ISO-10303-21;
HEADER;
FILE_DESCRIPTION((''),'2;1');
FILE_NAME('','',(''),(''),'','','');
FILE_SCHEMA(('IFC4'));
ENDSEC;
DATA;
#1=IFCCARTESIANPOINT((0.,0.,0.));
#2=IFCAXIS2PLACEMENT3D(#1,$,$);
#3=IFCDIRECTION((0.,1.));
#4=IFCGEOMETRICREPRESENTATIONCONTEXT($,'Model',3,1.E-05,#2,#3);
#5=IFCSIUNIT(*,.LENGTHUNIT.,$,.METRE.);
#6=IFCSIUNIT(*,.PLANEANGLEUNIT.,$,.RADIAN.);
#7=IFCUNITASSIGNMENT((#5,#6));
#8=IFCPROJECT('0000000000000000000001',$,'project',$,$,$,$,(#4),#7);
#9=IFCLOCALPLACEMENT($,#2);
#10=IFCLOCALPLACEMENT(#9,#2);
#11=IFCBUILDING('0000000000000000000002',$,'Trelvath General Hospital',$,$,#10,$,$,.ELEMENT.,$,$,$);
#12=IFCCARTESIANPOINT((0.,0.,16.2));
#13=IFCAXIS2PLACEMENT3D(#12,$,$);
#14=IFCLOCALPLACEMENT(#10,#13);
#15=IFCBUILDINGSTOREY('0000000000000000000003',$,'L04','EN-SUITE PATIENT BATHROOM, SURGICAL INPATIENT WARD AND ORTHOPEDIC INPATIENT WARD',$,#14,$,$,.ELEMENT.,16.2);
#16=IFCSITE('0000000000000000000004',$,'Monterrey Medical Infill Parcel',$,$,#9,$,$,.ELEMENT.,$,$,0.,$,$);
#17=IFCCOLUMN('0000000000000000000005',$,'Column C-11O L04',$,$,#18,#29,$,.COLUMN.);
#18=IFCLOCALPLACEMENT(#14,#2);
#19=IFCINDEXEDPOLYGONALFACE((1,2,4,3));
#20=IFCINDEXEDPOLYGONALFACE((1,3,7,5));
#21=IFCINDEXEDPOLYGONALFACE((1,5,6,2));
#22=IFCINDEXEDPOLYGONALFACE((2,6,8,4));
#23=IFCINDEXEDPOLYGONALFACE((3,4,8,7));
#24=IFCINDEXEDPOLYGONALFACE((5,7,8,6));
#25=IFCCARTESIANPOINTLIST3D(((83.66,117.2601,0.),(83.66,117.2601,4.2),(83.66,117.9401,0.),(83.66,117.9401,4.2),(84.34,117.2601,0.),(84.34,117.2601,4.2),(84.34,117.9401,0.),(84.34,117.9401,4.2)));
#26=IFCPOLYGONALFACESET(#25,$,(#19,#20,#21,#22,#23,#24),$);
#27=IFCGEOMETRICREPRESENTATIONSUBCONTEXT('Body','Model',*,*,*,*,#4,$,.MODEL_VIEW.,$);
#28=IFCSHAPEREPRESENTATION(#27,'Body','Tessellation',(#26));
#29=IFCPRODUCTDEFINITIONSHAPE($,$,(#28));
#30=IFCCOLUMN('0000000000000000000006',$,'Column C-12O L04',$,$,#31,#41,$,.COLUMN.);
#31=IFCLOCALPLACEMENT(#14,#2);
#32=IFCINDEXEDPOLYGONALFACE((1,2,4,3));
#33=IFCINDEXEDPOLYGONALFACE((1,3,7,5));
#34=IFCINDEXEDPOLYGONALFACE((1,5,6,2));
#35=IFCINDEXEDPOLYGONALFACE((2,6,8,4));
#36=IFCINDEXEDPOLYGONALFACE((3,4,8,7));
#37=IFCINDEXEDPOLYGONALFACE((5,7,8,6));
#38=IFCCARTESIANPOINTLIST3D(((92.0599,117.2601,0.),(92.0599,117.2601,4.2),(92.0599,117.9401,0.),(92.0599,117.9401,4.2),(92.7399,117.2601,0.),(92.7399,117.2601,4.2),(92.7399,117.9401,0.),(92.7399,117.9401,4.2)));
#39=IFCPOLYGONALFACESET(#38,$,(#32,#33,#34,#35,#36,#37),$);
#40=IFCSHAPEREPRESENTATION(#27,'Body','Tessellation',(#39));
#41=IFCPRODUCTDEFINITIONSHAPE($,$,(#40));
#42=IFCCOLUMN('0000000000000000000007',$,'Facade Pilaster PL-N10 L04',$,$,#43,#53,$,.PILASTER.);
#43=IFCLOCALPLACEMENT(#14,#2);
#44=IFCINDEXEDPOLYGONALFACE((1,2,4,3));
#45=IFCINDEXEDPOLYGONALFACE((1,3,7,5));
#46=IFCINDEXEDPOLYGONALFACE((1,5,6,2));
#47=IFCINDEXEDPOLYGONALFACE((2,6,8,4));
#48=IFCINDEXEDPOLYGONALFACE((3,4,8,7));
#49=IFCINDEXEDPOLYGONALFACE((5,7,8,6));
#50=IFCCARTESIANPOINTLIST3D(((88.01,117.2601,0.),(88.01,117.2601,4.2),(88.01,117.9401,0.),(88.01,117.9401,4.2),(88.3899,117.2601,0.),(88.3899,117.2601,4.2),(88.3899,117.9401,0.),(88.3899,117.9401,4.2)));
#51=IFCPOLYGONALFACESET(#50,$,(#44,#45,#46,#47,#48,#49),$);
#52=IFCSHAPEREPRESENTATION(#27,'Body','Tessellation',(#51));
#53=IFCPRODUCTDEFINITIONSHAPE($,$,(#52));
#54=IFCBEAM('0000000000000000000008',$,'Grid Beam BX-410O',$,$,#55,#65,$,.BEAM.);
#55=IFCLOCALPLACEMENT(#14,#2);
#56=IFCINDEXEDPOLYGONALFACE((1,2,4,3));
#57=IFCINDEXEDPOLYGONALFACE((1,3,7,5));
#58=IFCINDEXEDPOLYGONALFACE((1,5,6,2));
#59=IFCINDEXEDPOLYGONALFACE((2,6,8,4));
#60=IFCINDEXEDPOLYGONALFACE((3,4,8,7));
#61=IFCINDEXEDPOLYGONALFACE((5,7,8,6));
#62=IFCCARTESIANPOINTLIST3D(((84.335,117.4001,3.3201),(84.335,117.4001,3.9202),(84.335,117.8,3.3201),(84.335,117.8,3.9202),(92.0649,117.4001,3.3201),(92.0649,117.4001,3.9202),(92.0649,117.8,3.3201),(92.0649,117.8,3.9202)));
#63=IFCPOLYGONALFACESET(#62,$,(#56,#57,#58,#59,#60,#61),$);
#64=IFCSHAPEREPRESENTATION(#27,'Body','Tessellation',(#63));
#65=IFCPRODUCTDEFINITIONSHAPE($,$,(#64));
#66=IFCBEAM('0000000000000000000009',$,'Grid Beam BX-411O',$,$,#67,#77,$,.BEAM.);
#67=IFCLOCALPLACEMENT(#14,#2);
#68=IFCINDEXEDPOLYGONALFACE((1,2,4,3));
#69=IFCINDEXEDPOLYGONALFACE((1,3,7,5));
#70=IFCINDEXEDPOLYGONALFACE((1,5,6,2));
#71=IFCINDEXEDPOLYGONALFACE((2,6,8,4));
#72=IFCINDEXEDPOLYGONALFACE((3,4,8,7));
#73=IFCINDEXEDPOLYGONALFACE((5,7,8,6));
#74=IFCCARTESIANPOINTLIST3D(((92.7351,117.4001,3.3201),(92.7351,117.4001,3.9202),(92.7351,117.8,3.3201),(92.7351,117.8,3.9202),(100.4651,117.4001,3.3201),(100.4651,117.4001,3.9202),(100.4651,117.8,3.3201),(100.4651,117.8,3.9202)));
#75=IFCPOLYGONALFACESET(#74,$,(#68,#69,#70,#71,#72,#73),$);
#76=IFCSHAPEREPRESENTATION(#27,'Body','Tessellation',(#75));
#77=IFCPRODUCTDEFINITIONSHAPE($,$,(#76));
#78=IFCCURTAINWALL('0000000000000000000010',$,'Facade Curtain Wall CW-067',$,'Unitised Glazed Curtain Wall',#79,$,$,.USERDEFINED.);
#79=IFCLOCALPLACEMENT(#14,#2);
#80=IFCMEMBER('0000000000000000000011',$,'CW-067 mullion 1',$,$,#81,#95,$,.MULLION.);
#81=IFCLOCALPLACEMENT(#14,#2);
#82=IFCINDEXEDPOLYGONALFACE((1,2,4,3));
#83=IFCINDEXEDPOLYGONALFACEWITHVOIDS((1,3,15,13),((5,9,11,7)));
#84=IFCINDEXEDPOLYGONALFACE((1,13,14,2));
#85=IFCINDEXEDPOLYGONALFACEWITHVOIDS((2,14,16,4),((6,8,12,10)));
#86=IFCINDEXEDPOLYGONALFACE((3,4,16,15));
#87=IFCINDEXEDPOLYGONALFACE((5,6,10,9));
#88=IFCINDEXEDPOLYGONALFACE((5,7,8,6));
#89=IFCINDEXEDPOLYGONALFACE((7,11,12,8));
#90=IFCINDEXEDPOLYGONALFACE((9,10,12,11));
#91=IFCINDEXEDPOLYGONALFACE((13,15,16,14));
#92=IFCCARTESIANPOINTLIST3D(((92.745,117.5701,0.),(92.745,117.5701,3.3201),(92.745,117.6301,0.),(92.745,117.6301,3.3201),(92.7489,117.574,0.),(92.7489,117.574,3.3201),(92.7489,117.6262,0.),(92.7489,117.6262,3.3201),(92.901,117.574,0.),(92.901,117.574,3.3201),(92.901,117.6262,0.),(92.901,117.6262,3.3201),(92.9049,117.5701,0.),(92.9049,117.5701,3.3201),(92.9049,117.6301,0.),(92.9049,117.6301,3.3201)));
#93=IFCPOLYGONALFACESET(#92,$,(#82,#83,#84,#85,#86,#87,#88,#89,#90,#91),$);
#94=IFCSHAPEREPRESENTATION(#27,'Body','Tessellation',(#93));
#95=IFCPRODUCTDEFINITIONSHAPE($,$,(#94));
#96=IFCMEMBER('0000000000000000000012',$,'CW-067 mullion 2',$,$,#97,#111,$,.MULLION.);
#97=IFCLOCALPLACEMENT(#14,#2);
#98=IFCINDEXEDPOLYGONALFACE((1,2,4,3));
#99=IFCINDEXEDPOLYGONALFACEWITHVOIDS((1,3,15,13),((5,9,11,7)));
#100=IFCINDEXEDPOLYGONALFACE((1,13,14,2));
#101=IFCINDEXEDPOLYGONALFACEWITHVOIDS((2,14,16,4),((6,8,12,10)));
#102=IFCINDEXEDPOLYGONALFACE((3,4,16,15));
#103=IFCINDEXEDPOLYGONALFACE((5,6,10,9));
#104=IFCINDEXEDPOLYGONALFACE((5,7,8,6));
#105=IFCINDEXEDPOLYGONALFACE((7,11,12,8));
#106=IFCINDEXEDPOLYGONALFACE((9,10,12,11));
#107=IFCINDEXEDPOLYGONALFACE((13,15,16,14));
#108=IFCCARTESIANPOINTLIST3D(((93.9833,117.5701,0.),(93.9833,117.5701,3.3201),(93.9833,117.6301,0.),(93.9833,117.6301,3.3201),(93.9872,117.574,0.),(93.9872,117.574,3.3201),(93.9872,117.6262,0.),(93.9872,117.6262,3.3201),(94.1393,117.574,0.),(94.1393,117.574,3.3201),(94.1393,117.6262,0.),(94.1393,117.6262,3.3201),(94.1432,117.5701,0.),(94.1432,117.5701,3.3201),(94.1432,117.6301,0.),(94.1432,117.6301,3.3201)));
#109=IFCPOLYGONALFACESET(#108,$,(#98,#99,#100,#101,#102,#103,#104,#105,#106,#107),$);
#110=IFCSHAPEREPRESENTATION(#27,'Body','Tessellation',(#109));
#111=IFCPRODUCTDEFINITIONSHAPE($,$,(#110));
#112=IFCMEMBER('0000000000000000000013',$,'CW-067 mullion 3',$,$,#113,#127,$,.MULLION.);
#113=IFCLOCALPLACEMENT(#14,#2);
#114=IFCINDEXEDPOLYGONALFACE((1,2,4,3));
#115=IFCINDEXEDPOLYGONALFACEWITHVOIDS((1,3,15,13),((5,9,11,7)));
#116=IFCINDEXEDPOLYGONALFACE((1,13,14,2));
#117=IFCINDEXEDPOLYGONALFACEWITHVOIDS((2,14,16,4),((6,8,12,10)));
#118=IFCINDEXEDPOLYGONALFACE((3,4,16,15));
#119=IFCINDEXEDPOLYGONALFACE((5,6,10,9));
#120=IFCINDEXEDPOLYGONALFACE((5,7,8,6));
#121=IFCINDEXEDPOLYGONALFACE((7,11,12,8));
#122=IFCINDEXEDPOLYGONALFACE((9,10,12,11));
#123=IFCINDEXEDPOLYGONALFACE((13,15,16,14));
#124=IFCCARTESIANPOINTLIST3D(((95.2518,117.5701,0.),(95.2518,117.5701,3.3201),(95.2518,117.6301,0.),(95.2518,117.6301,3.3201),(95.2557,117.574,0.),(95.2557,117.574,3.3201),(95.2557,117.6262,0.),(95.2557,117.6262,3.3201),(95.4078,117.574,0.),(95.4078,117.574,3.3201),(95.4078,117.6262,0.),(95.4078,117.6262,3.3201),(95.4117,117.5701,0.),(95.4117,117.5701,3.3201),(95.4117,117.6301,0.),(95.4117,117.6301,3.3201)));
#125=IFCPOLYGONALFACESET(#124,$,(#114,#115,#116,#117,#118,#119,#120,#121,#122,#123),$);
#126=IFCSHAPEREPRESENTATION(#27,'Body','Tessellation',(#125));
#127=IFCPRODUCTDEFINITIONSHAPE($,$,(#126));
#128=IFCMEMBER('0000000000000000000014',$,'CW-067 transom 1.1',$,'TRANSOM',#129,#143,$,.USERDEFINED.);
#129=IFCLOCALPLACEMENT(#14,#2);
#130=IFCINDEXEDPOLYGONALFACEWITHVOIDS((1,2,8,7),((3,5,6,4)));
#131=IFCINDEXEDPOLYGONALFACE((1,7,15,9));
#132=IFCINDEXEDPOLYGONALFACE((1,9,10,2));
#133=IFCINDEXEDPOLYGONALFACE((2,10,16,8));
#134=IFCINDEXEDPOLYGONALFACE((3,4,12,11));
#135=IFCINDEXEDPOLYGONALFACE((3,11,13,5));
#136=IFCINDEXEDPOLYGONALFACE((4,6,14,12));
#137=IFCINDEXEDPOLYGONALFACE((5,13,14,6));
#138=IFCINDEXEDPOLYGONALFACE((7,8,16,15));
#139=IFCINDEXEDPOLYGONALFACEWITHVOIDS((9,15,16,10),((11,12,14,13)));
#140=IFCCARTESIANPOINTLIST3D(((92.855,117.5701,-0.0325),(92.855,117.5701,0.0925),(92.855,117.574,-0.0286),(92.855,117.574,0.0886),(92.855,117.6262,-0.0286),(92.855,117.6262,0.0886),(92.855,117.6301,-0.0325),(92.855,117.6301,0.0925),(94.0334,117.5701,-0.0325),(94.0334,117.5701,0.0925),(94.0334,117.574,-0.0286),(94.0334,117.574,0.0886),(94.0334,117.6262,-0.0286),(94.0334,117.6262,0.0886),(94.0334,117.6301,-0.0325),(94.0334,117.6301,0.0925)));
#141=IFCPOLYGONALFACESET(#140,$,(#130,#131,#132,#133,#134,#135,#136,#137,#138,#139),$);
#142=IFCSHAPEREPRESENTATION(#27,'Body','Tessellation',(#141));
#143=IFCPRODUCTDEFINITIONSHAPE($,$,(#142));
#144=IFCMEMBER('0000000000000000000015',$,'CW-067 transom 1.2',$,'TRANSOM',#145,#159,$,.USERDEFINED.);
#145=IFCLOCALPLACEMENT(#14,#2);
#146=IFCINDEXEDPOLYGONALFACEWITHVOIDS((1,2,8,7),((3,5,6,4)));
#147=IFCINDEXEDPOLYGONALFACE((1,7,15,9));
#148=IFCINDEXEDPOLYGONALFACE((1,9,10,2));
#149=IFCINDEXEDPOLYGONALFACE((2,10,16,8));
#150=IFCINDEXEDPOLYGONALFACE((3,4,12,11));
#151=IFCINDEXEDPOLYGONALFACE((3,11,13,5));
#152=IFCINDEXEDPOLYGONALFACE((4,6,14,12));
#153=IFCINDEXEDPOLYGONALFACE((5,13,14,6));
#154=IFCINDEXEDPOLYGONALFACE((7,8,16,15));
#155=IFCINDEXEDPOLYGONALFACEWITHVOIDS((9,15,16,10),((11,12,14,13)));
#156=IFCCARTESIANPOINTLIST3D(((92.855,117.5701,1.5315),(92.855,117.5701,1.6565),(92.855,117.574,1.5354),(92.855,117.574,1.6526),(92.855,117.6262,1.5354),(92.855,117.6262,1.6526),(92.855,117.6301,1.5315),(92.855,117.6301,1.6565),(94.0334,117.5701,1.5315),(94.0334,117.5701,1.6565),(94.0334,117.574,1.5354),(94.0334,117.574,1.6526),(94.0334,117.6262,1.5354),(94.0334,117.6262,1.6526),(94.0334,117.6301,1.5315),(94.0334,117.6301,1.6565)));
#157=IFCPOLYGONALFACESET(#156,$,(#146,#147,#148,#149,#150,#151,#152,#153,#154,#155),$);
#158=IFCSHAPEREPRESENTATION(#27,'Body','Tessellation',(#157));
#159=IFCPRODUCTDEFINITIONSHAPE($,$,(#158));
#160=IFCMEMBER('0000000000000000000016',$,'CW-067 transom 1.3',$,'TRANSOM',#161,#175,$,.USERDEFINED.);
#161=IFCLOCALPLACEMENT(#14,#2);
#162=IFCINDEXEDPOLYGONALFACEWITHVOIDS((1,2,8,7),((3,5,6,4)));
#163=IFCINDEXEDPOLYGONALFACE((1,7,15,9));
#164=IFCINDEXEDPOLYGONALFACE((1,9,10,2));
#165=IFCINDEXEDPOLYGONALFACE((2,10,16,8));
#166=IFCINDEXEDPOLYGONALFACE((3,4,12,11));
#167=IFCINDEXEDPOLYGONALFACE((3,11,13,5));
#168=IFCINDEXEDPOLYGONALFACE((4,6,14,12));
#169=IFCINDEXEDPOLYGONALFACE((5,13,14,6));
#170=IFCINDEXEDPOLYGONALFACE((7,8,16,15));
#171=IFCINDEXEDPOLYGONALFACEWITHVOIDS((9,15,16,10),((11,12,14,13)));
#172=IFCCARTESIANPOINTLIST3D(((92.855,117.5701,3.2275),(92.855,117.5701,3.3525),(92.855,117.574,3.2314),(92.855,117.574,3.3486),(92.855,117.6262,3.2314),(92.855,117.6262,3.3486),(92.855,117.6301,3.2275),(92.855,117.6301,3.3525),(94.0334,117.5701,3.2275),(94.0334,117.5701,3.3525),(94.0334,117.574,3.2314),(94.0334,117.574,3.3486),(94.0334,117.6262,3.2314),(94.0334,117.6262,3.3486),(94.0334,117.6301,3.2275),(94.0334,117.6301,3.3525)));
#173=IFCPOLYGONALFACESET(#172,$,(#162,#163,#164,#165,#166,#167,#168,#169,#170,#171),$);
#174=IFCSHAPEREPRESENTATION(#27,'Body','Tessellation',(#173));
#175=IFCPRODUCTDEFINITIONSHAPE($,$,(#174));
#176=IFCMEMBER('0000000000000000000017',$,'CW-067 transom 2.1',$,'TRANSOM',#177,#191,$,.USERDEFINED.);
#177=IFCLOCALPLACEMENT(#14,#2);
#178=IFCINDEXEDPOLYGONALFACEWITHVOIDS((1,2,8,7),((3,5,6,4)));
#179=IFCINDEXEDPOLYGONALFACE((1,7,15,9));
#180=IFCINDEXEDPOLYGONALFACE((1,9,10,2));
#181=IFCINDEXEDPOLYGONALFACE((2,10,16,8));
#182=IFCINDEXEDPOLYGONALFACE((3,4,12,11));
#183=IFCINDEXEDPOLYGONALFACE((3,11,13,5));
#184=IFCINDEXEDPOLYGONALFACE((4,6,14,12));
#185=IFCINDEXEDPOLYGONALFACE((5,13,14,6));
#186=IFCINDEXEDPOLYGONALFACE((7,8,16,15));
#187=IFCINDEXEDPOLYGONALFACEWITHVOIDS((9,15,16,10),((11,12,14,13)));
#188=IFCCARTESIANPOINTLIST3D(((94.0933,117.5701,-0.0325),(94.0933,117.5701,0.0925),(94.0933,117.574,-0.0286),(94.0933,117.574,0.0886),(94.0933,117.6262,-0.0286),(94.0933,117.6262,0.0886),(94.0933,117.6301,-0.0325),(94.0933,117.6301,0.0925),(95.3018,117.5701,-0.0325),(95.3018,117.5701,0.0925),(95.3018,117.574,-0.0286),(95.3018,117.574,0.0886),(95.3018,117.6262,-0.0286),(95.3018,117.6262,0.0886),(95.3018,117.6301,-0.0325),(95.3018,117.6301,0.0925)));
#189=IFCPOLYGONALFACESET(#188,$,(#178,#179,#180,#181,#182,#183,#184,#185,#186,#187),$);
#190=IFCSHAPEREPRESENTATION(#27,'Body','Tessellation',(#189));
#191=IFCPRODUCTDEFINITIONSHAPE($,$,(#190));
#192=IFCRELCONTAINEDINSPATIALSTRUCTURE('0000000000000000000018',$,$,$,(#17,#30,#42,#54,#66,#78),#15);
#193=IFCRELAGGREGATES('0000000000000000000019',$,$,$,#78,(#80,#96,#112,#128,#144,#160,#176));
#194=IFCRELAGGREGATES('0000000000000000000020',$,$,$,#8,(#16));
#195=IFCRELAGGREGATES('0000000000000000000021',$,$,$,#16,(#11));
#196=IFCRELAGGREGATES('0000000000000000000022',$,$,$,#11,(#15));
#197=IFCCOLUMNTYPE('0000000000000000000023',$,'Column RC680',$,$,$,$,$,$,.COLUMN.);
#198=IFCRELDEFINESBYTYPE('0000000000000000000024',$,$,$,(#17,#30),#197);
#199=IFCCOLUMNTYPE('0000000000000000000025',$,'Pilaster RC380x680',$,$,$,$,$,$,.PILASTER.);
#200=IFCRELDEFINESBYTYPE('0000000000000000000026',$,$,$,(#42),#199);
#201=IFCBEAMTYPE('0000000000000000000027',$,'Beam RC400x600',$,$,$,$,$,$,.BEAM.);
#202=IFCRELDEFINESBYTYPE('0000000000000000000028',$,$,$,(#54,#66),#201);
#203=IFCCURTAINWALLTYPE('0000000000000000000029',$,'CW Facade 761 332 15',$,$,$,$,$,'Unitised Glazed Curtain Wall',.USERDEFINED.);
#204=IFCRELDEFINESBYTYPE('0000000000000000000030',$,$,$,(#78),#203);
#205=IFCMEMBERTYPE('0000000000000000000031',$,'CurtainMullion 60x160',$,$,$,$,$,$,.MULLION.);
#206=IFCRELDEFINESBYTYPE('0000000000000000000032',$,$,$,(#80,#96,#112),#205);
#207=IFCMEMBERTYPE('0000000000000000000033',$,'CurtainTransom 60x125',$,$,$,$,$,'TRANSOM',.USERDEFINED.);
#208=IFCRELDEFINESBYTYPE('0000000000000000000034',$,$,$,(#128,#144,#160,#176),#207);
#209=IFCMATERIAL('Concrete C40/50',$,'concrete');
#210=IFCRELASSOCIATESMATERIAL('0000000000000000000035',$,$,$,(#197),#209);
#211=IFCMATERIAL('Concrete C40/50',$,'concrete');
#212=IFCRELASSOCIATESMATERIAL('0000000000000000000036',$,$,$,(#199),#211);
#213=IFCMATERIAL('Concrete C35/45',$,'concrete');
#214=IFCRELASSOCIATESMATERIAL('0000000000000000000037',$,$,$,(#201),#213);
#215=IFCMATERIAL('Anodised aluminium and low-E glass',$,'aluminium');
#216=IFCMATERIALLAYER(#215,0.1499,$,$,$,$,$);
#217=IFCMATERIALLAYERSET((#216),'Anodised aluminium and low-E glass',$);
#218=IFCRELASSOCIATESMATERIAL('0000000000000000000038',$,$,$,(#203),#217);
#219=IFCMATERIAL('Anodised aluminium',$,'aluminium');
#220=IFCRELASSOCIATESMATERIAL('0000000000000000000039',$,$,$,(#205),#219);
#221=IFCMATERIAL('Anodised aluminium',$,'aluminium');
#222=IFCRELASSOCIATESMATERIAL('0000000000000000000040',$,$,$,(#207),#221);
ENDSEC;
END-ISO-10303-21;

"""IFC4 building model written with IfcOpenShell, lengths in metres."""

from ifc_helpers import new_model, si_unit, direction, frame, origin, origin_2d, place, context, subcontext, project, spatial, rectangle, hollow_rectangle, extrude, material, layer, layer_set, material_profile, profile_set, type_object, element, aggregate, save


model = new_model("IFC4")

# Units and contexts
model_context = context("Model", 3, precision=1e-05, world=origin(), true_north=direction((0.0, 1.0)))
body_context = subcontext(model_context, "Body", "Model", "MODEL_VIEW")
ifc_project = project(units=[si_unit("LENGTHUNIT", "METRE"), si_unit("PLANEANGLEUNIT", "RADIAN")], contexts=[model_context])

# Site, building, storey
site_placement = place(None, origin())
site = spatial("IfcSite", under=ifc_project, at=site_placement, Name="Monterrey Medical Infill Parcel", CompositionType="ELEMENT", RefElevation=0.0)
building_placement = place(site_placement, origin())
building = spatial("IfcBuilding", under=site, at=building_placement, Name="Trelvath General Hospital", CompositionType="ELEMENT")
storey_placement = place(building_placement, frame((0.0, 0.0, 16.2)))
storey = spatial("IfcBuildingStorey", under=building, at=storey_placement, Name="L04", Description="EN-SUITE PATIENT BATHROOM, SURGICAL INPATIENT WARD AND ORTHOPEDIC INPATIENT WARD", CompositionType="ELEMENT", Elevation=16.2)

# Columns
ifc_material_1 = material(Name="Concrete C40/50", Category="concrete")
ifc_material_profile_1 = material_profile(ifc_material_1, rectangle(XDim=0.6799, YDim=0.6799, at=origin_2d()), Name="RC680x680")
ifc_profile_set_1 = profile_set([ifc_material_profile_1], Name="Concrete C40/50")
column_type_1 = type_object("IfcColumnType", Name="Column RC680", PredefinedType="COLUMN", material=ifc_profile_set_1)
for number, where, z_axis, x_axis, name in (
    (1, (84.0, 117.6001, 0.0), (0.0, 0.0, 1.0), (1.0, 0.0, 0.0), "Column C-11O L04"),
    (2, (92.3999, 117.6001, 0.0), (0.0, 0.0, 1.0), (1.0, 0.0, 0.0), "Column C-12O L04"),
):
    element("IfcColumn", number, at=place(storey_placement, frame(where, z_axis=z_axis, x_axis=x_axis)), inside=storey, type_object=column_type_1, Name=name, PredefinedType="COLUMN", context=body_context, shape_type="SweptSolid", body=[
        extrude(rectangle(XDim=0.6799, YDim=0.6799, at=origin_2d()), origin(), (0.0, 0.0, 1.0), 4.2),
    ])
ifc_material_2 = material(Name="Concrete C40/50", Category="concrete")
ifc_material_profile_2 = material_profile(ifc_material_2, rectangle(XDim=0.3799, YDim=0.6799, at=origin_2d()), Name="RC380x680")
ifc_profile_set_2 = profile_set([ifc_material_profile_2], Name="Concrete C40/50")
column_type_2 = type_object("IfcColumnType", Name="Pilaster RC380x680", PredefinedType="PILASTER", material=ifc_profile_set_2)
column_placement = place(storey_placement, frame((88.2, 117.6001, 0.0), z_axis=(0.0, 0.0, 1.0), x_axis=(1.0, 0.0, 0.0)))
element("IfcColumn", 3, at=column_placement, inside=storey, type_object=column_type_2, Name="Facade Pilaster PL-N10 L04", PredefinedType="PILASTER", context=body_context, shape_type="SweptSolid", body=[
    extrude(rectangle(XDim=0.3799, YDim=0.6799, at=origin_2d()), origin(), (0.0, 0.0, 1.0), 4.2),
])

# Beams
ifc_material_3 = material(Name="Concrete C35/45", Category="concrete")
ifc_material_profile_3 = material_profile(ifc_material_3, rectangle(XDim=0.3999, YDim=0.6001, at=origin_2d()), Name="RCB400x600")
ifc_profile_set_3 = profile_set([ifc_material_profile_3], Name="Concrete C35/45")
beam_type = type_object("IfcBeamType", Name="Beam RC400x600", PredefinedType="BEAM", material=ifc_profile_set_3)
for number, where, z_axis, x_axis, name in (
    (4, (84.335, 117.6001, 3.6201), (1.0, 0.0, 0.0), (0.0, 1.0, 0.0), "Grid Beam BX-410O"),
    (5, (92.7351, 117.6001, 3.6201), (1.0, 0.0, 0.0), (0.0, 1.0, 0.0), "Grid Beam BX-411O"),
):
    element("IfcBeam", number, at=place(storey_placement, frame(where, z_axis=z_axis, x_axis=x_axis)), inside=storey, type_object=beam_type, Name=name, PredefinedType="BEAM", context=body_context, shape_type="SweptSolid", body=[
        extrude(rectangle(XDim=0.3999, YDim=0.6001, at=origin_2d()), origin(), (0.0, 0.0, 1.0), 7.73),
    ])

# Curtain wall, members
ifc_material_4 = material(Name="Anodised aluminium and low-E glass", Category="aluminium")
ifc_layer_1 = layer(ifc_material_4, 0.1499)
ifc_layer_set_1 = layer_set([ifc_layer_1], Name="Anodised aluminium and low-E glass")
curtain_wall_type = type_object("IfcCurtainWallType", Name="CW Facade 761 332 15", ElementType="Unitised Glazed Curtain Wall", PredefinedType="USERDEFINED", material=ifc_layer_set_1)
curtain_wall_placement = place(storey_placement, origin())
curtain_wall = element("IfcCurtainWall", 6, at=curtain_wall_placement, inside=storey, type_object=curtain_wall_type, Name="Facade Curtain Wall CW-067", ObjectType="Unitised Glazed Curtain Wall", PredefinedType="USERDEFINED")
ifc_material_5 = material(Name="Anodised aluminium", Category="aluminium")
ifc_material_profile_4 = material_profile(ifc_material_5, hollow_rectangle(XDim=0.0601, YDim=0.1599, WallThickness=0.0039, at=origin_2d()), Name="RHS60x160x4")
ifc_profile_set_4 = profile_set([ifc_material_profile_4], Name="Anodised aluminium")
member_type_1 = type_object("IfcMemberType", Name="CurtainMullion 60x160", PredefinedType="MULLION", material=ifc_profile_set_4)
member_1_placement = place(storey_placement, frame((92.825, 117.6001, 0.0), z_axis=(0.0, 0.0, 1.0), x_axis=(0.0, 1.0, 0.0)))
member_1 = element("IfcMember", 7, at=member_1_placement, type_object=member_type_1, Name="CW-067 mullion 1", PredefinedType="MULLION", context=body_context, shape_type="SweptSolid", body=[
    extrude(hollow_rectangle(XDim=0.0601, YDim=0.1599, WallThickness=0.0039, at=origin_2d()), origin(), (0.0, 0.0, 1.0), 3.3201),
])
member_2_placement = place(storey_placement, frame((94.0632, 117.6001, 0.0), z_axis=(0.0, 0.0, 1.0), x_axis=(0.0, 1.0, 0.0)))
member_2 = element("IfcMember", 8, at=member_2_placement, type_object=member_type_1, Name="CW-067 mullion 2", PredefinedType="MULLION", context=body_context, shape_type="SweptSolid", body=[
    extrude(hollow_rectangle(XDim=0.0601, YDim=0.1599, WallThickness=0.0039, at=origin_2d()), origin(), (0.0, 0.0, 1.0), 3.3201),
])
member_3_placement = place(storey_placement, frame((95.3318, 117.6001, 0.0), z_axis=(0.0, 0.0, 1.0), x_axis=(0.0, 1.0, 0.0)))
member_3 = element("IfcMember", 9, at=member_3_placement, type_object=member_type_1, Name="CW-067 mullion 3", PredefinedType="MULLION", context=body_context, shape_type="SweptSolid", body=[
    extrude(hollow_rectangle(XDim=0.0601, YDim=0.1599, WallThickness=0.0039, at=origin_2d()), origin(), (0.0, 0.0, 1.0), 3.3201),
])
ifc_material_6 = material(Name="Anodised aluminium", Category="aluminium")
ifc_material_profile_5 = material_profile(ifc_material_6, hollow_rectangle(XDim=0.0601, YDim=0.125, WallThickness=0.0039, at=origin_2d()), Name="RHS60x125x4")
ifc_profile_set_5 = profile_set([ifc_material_profile_5], Name="Anodised aluminium")
member_type_2 = type_object("IfcMemberType", Name="CurtainTransom 60x125", ElementType="TRANSOM", PredefinedType="USERDEFINED", material=ifc_profile_set_5)
member_4_placement = place(storey_placement, frame((92.855, 117.6001, 0.03), z_axis=(1.0, 0.0, 0.0), x_axis=(0.0, 1.0, 0.0)))
member_4 = element("IfcMember", 10, at=member_4_placement, type_object=member_type_2, Name="CW-067 transom 1.1", ObjectType="TRANSOM", PredefinedType="USERDEFINED", context=body_context, shape_type="SweptSolid", body=[
    extrude(hollow_rectangle(XDim=0.0601, YDim=0.125, WallThickness=0.0039, at=origin_2d()), origin(), (0.0, 0.0, 1.0), 1.1785),
])
member_5_placement = place(storey_placement, frame((92.855, 117.6001, 1.594), z_axis=(1.0, 0.0, 0.0), x_axis=(0.0, 1.0, 0.0)))
member_5 = element("IfcMember", 11, at=member_5_placement, type_object=member_type_2, Name="CW-067 transom 1.2", ObjectType="TRANSOM", PredefinedType="USERDEFINED", context=body_context, shape_type="SweptSolid", body=[
    extrude(hollow_rectangle(XDim=0.0601, YDim=0.125, WallThickness=0.0039, at=origin_2d()), origin(), (0.0, 0.0, 1.0), 1.1785),
])
member_6_placement = place(storey_placement, frame((92.855, 117.6001, 3.29), z_axis=(1.0, 0.0, 0.0), x_axis=(0.0, 1.0, 0.0)))
member_6 = element("IfcMember", 12, at=member_6_placement, type_object=member_type_2, Name="CW-067 transom 1.3", ObjectType="TRANSOM", PredefinedType="USERDEFINED", context=body_context, shape_type="SweptSolid", body=[
    extrude(hollow_rectangle(XDim=0.0601, YDim=0.125, WallThickness=0.0039, at=origin_2d()), origin(), (0.0, 0.0, 1.0), 1.1785),
])
member_7_placement = place(storey_placement, frame((94.0933, 117.6001, 0.03), z_axis=(1.0, 0.0, 0.0), x_axis=(0.0, 1.0, 0.0)))
member_7 = element("IfcMember", 13, at=member_7_placement, type_object=member_type_2, Name="CW-067 transom 2.1", ObjectType="TRANSOM", PredefinedType="USERDEFINED", context=body_context, shape_type="SweptSolid", body=[
    extrude(hollow_rectangle(XDim=0.0601, YDim=0.125, WallThickness=0.0039, at=origin_2d()), origin(), (0.0, 0.0, 1.0), 1.2085),
])
aggregate(curtain_wall, [member_1, member_2, member_3, member_4, member_5, member_6, member_7])

save(model, "model.ifc")
